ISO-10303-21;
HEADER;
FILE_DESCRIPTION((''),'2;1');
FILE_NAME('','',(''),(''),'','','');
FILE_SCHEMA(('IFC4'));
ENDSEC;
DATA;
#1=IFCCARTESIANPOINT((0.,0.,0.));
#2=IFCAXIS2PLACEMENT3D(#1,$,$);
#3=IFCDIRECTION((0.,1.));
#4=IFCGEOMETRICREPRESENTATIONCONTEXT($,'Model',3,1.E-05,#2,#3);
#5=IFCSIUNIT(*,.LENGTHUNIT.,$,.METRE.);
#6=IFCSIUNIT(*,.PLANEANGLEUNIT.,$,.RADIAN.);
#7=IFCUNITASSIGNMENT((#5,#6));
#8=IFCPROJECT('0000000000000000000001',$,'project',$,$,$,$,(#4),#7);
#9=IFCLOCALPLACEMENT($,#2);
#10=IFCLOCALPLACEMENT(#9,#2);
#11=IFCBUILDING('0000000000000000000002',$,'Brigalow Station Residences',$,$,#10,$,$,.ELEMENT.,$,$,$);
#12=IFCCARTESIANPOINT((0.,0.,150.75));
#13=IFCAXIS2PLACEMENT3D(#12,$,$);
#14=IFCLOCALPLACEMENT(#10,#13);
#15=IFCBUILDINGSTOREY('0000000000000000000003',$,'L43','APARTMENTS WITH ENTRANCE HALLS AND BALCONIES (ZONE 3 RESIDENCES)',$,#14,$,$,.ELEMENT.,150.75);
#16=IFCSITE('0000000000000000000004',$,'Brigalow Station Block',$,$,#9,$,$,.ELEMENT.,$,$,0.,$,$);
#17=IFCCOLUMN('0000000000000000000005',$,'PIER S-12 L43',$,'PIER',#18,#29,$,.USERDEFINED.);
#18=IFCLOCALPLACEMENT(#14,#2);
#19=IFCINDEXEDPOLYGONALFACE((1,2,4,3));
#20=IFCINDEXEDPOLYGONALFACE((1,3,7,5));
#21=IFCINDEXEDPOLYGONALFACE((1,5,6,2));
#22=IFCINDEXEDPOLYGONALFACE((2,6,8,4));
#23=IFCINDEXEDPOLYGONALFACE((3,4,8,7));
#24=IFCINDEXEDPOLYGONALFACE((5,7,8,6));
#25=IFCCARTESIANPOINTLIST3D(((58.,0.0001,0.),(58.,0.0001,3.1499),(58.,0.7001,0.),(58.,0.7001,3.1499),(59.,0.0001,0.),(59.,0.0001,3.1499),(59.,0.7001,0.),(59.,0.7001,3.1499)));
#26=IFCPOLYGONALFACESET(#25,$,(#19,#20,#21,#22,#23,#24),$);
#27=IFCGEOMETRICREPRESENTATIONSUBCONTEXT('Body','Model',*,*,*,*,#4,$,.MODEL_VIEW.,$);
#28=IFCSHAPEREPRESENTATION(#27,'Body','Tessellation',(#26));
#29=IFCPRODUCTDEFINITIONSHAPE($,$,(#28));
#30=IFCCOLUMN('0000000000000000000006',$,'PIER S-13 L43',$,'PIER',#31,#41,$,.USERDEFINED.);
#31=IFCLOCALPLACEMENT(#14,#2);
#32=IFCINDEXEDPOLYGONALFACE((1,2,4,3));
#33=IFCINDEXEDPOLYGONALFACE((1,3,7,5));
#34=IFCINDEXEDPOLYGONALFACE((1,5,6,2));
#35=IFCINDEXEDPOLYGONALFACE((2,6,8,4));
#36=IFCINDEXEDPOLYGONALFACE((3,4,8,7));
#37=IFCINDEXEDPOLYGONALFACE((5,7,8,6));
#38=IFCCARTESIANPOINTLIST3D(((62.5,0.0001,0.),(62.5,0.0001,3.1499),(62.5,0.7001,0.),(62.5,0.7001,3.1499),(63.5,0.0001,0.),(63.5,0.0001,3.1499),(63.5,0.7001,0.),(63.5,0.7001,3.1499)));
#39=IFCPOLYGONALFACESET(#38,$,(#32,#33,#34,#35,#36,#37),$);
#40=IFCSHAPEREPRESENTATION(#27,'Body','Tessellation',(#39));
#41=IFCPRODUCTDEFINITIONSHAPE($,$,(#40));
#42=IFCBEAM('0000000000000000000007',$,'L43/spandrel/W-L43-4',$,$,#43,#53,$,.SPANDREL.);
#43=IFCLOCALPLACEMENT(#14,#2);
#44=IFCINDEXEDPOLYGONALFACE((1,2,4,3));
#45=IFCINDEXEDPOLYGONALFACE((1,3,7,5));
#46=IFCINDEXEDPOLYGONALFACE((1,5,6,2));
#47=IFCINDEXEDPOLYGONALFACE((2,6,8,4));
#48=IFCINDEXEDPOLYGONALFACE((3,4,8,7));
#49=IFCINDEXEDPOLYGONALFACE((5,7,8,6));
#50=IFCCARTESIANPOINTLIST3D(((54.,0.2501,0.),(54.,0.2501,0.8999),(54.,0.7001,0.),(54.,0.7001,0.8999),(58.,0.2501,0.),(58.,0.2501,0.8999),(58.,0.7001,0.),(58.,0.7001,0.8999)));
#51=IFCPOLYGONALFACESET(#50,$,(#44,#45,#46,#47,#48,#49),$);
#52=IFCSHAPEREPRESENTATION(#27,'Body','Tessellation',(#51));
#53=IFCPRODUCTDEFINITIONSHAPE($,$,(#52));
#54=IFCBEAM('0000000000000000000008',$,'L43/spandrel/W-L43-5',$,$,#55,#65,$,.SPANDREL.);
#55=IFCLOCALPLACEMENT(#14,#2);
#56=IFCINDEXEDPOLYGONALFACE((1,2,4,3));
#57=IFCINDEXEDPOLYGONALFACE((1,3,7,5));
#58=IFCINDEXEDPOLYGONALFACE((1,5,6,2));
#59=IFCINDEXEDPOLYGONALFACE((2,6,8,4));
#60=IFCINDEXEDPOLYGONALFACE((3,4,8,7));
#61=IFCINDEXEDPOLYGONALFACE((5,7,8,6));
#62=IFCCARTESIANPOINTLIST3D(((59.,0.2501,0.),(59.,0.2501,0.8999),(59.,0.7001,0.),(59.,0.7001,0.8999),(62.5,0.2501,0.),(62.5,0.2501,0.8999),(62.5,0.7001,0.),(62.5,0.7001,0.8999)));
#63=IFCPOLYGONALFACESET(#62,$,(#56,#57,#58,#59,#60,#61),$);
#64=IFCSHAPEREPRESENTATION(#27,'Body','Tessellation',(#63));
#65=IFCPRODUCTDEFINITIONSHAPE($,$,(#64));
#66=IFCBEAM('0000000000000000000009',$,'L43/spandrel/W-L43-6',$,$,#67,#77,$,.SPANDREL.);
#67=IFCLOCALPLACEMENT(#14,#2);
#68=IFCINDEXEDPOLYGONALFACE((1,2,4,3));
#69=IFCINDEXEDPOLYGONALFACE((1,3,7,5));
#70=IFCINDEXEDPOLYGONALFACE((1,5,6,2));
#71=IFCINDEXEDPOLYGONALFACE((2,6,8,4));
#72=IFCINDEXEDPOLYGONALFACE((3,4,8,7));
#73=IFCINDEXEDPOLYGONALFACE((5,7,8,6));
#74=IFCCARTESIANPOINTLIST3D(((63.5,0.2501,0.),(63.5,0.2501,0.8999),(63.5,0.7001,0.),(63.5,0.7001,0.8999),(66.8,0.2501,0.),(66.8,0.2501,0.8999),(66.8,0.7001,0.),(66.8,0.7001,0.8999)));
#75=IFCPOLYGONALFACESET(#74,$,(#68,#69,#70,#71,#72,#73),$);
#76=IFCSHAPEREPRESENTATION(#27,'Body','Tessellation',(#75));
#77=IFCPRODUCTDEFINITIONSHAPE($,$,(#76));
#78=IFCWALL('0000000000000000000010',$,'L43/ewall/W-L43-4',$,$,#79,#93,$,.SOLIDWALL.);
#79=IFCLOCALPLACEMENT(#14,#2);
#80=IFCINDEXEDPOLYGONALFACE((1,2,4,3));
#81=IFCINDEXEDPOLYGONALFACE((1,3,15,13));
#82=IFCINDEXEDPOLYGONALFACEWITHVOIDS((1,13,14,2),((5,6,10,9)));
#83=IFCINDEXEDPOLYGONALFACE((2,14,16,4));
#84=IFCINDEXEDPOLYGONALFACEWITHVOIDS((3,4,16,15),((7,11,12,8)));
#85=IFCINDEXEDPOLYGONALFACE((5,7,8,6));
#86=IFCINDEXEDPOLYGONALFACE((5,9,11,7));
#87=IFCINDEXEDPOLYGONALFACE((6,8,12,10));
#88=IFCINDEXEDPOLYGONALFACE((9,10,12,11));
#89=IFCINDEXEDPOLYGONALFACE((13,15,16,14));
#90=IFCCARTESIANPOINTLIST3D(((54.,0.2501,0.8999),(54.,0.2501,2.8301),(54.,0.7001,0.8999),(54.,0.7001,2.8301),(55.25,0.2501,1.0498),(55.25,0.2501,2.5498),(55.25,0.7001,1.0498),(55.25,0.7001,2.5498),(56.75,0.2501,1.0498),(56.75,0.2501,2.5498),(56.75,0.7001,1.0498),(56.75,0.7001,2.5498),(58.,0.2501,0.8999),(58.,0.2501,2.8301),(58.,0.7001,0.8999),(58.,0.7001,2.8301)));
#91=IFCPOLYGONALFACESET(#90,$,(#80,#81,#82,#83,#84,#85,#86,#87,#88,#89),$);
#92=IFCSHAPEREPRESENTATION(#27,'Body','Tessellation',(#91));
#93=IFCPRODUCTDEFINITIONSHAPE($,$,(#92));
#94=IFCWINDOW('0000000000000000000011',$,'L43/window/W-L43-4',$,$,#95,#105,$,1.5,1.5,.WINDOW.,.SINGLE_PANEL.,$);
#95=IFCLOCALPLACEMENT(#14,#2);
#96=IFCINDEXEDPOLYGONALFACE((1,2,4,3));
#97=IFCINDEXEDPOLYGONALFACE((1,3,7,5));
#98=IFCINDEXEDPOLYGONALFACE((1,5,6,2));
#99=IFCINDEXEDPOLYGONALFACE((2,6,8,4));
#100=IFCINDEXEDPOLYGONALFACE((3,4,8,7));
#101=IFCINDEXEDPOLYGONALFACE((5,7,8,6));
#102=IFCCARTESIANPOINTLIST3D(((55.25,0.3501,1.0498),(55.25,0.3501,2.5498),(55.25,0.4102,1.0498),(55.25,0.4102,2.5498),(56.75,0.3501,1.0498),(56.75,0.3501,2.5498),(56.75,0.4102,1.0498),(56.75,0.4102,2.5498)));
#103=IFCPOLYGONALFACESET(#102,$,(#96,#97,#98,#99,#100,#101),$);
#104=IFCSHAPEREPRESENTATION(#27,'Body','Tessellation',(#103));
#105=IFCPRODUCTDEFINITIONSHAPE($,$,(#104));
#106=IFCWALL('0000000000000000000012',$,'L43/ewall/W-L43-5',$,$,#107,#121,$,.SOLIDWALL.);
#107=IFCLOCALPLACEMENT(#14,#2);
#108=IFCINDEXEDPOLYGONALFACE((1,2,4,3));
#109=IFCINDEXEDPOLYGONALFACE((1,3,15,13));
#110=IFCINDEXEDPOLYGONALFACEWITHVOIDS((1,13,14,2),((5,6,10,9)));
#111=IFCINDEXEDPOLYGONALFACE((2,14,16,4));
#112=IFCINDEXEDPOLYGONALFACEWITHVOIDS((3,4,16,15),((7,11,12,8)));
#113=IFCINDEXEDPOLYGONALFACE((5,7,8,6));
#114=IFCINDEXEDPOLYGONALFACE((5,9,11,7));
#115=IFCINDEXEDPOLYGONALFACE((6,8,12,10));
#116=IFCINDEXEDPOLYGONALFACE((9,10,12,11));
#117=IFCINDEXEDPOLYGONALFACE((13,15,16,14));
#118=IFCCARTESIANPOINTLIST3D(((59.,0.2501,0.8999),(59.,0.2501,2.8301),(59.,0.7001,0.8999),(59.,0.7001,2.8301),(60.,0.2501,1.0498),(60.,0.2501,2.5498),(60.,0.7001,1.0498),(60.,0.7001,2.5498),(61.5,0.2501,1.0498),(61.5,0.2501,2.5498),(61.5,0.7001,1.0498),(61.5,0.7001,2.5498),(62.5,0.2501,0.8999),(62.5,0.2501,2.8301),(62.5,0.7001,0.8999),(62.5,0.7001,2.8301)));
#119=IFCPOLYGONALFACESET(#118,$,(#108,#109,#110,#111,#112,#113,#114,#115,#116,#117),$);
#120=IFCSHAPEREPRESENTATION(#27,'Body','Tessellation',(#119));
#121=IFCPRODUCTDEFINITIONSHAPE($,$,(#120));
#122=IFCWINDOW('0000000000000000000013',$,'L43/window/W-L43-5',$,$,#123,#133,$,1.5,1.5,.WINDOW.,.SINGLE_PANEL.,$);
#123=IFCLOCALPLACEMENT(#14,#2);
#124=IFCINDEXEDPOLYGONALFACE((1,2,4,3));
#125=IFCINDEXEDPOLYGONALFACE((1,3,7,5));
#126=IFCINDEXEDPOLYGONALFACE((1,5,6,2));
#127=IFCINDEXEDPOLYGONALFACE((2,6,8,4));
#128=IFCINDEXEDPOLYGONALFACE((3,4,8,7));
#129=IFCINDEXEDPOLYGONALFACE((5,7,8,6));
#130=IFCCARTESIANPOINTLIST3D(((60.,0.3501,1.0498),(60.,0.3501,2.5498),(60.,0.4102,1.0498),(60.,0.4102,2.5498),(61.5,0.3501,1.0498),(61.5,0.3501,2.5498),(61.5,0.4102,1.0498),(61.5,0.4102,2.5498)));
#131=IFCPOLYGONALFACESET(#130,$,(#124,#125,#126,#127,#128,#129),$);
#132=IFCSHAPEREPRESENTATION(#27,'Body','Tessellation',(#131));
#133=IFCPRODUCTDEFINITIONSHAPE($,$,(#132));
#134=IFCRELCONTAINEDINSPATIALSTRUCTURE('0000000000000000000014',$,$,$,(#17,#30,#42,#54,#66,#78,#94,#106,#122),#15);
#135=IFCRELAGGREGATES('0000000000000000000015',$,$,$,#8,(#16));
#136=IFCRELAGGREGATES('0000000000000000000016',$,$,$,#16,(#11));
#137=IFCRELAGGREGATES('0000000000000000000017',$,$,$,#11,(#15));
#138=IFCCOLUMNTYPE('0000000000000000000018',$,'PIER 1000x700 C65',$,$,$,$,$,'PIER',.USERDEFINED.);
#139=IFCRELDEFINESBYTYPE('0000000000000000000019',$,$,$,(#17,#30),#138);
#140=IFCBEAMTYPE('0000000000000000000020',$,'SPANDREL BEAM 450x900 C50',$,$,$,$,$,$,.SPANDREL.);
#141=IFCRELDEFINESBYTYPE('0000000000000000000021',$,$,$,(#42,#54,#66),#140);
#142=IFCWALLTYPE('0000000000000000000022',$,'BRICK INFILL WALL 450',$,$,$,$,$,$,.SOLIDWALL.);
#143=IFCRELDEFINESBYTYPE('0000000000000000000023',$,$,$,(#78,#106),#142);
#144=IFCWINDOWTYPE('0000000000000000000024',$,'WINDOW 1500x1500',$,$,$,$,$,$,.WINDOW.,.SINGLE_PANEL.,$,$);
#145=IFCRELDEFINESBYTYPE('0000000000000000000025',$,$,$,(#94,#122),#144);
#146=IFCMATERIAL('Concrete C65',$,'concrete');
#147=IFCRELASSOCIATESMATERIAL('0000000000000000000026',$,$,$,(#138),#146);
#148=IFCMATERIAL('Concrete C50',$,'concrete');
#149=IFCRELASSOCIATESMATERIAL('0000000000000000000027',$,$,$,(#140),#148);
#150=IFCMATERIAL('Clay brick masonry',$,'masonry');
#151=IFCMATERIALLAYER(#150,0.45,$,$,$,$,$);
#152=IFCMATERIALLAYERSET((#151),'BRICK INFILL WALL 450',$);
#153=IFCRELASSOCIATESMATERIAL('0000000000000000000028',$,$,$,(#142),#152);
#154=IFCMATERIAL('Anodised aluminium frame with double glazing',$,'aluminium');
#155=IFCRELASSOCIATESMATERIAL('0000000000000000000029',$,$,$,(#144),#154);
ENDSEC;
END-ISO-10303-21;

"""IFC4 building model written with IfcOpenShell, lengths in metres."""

from ifc_helpers import new_model, si_unit, direction, frame, frame_2d, origin, origin_2d, place, context, subcontext, project, spatial, rectangle, extrude, material, layer, layer_set, material_profile, profile_set, type_object, element, fill, save


model = new_model("IFC4")

# Units and contexts
model_context = context("Model", 3, precision=1e-05, world=origin(), true_north=direction((0.0, 1.0)))
body_context = subcontext(model_context, "Body", "Model", "MODEL_VIEW")
ifc_project = project(units=[si_unit("LENGTHUNIT", "METRE"), si_unit("PLANEANGLEUNIT", "RADIAN")], contexts=[model_context])

# Site, building, storey
site_placement = place(None, origin())
site = spatial("IfcSite", under=ifc_project, at=site_placement, Name="Brigalow Station Block", CompositionType="ELEMENT", RefElevation=0.0)
building_placement = place(site_placement, origin())
building = spatial("IfcBuilding", under=site, at=building_placement, Name="Brigalow Station Residences", CompositionType="ELEMENT")
storey_placement = place(building_placement, frame((0.0, 0.0, 150.75)))
storey = spatial("IfcBuildingStorey", under=building, at=storey_placement, Name="L43", Description="APARTMENTS WITH ENTRANCE HALLS AND BALCONIES (ZONE 3 RESIDENCES)", CompositionType="ELEMENT", Elevation=150.75)

# Columns
ifc_material_1 = material(Name="Concrete C65", Category="concrete")
ifc_material_profile_1 = material_profile(ifc_material_1, rectangle(XDim=1.0, YDim=0.7, at=origin_2d()), Name="RC1000x700")
ifc_profile_set_1 = profile_set([ifc_material_profile_1], Name="Concrete C65")
column_type = type_object("IfcColumnType", Name="PIER 1000x700 C65", ElementType="PIER", PredefinedType="USERDEFINED", material=ifc_profile_set_1)
for number, where, z_axis, x_axis, name in (
    (1, (58.5, 0.3501, 0.0), (0.0, 0.0, 1.0), (1.0, 0.0, 0.0), "PIER S-12 L43"),
    (2, (63.0, 0.3501, 0.0), (0.0, 0.0, 1.0), (1.0, 0.0, 0.0), "PIER S-13 L43"),
):
    element("IfcColumn", number, at=place(storey_placement, frame(where, z_axis=z_axis, x_axis=x_axis)), inside=storey, type_object=column_type, Name=name, ObjectType="PIER", PredefinedType="USERDEFINED", context=body_context, shape_type="SweptSolid", body=[
        extrude(rectangle(XDim=1.0, YDim=0.7, at=origin_2d()), origin(), (0.0, 0.0, 1.0), 3.1499),
    ])

# Beams
ifc_material_2 = material(Name="Concrete C50", Category="concrete")
ifc_material_profile_2 = material_profile(ifc_material_2, rectangle(XDim=0.45, YDim=0.8999, at=origin_2d()), Name="RC450x900")
ifc_profile_set_2 = profile_set([ifc_material_profile_2], Name="Concrete C50")
beam_type = type_object("IfcBeamType", Name="SPANDREL BEAM 450x900 C50", PredefinedType="SPANDREL", material=ifc_profile_set_2)
beam_1_placement = place(storey_placement, frame((54.0, 0.4751, 0.45), z_axis=(1.0, 0.0, 0.0), x_axis=(0.0, 1.0, 0.0)))
element("IfcBeam", 3, at=beam_1_placement, inside=storey, type_object=beam_type, Name="L43/spandrel/W-L43-4", PredefinedType="SPANDREL", context=body_context, shape_type="SweptSolid", body=[
    extrude(rectangle(XDim=0.45, YDim=0.8999, at=origin_2d()), origin(), (0.0, 0.0, 1.0), 4.0),
])
beam_2_placement = place(storey_placement, frame((59.0, 0.4751, 0.45), z_axis=(1.0, 0.0, 0.0), x_axis=(0.0, 1.0, 0.0)))
element("IfcBeam", 4, at=beam_2_placement, inside=storey, type_object=beam_type, Name="L43/spandrel/W-L43-5", PredefinedType="SPANDREL", context=body_context, shape_type="SweptSolid", body=[
    extrude(rectangle(XDim=0.45, YDim=0.8999, at=origin_2d()), origin(), (0.0, 0.0, 1.0), 3.5),
])
beam_3_placement = place(storey_placement, frame((63.5, 0.4751, 0.45), z_axis=(1.0, 0.0, 0.0), x_axis=(0.0, 1.0, 0.0)))
element("IfcBeam", 5, at=beam_3_placement, inside=storey, type_object=beam_type, Name="L43/spandrel/W-L43-6", PredefinedType="SPANDREL", context=body_context, shape_type="SweptSolid", body=[
    extrude(rectangle(XDim=0.45, YDim=0.8999, at=origin_2d()), origin(), (0.0, 0.0, 1.0), 3.3),
])

# Walls, openings, windows
ifc_material_3 = material(Name="Clay brick masonry", Category="masonry")
ifc_layer_1 = layer(ifc_material_3, 0.45)
ifc_layer_set_1 = layer_set([ifc_layer_1], Name="BRICK INFILL WALL 450")
wall_type_1 = type_object("IfcWallType", Name="BRICK INFILL WALL 450", PredefinedType="SOLIDWALL", material=ifc_layer_set_1)
wall_1_placement = place(storey_placement, frame((54.0, 0.4751, 0.8999), z_axis=(0.0, 0.0, 1.0), x_axis=(1.0, 0.0, 0.0)))
wall_1 = element("IfcWall", 6, at=wall_1_placement, inside=storey, type_object=wall_type_1, Name="L43/ewall/W-L43-4", PredefinedType="SOLIDWALL", context=body_context, shape_type="SweptSolid", body=[
    extrude(rectangle(XDim=4.0, YDim=0.45, at=frame_2d((2.0, 0.0))), origin(), (0.0, 0.0, 1.0), 1.9302),
])
opening_1_placement = place(wall_1_placement, frame((1.25, 0.0, 0.1499)))
opening_1 = element("IfcOpeningElement", 7, at=opening_1_placement, cuts=wall_1, PredefinedType="OPENING", context=body_context, shape_type="SweptSolid", body=[
    extrude(rectangle(XDim=1.5, YDim=1.5, at=frame_2d((0.75, 0.75))), frame((0.0, 0.2349, 0.0), z_axis=(0.0, -1.0, 0.0), x_axis=(1.0, 0.0, 0.0)), (0.0, 0.0, 1.0), 0.47),
])
ifc_material_4 = material(Name="Anodised aluminium frame with double glazing", Category="aluminium")
window_type = type_object("IfcWindowType", Name="WINDOW 1500x1500", PartitioningType="SINGLE_PANEL", PredefinedType="WINDOW", material=ifc_material_4)
window_1_placement = place(opening_1_placement, origin())
window_1 = element("IfcWindow", 8, at=window_1_placement, inside=storey, type_object=window_type, Name="L43/window/W-L43-4", OverallHeight=1.5, OverallWidth=1.5, PartitioningType="SINGLE_PANEL", PredefinedType="WINDOW", context=body_context, shape_type="SweptSolid", body=[
    extrude(rectangle(XDim=1.5, YDim=1.5, at=frame_2d((0.75, 0.75))), frame((0.0, -0.0649, 0.0), z_axis=(0.0, -1.0, 0.0), x_axis=(1.0, 0.0, 0.0)), (0.0, 0.0, 1.0), 0.0601),
])
fill(opening_1, window_1)
wall_2_placement = place(storey_placement, frame((59.0, 0.4751, 0.8999), z_axis=(0.0, 0.0, 1.0), x_axis=(1.0, 0.0, 0.0)))
wall_2 = element("IfcWall", 9, at=wall_2_placement, inside=storey, type_object=wall_type_1, Name="L43/ewall/W-L43-5", PredefinedType="SOLIDWALL", context=body_context, shape_type="SweptSolid", body=[
    extrude(rectangle(XDim=3.5, YDim=0.45, at=frame_2d((1.75, 0.0))), origin(), (0.0, 0.0, 1.0), 1.9302),
])
opening_2_placement = place(wall_2_placement, frame((1.0, 0.0, 0.1499)))
opening_2 = element("IfcOpeningElement", 10, at=opening_2_placement, cuts=wall_2, PredefinedType="OPENING", context=body_context, shape_type="SweptSolid", body=[
    extrude(rectangle(XDim=1.5, YDim=1.5, at=frame_2d((0.75, 0.75))), frame((0.0, 0.2349, 0.0), z_axis=(0.0, -1.0, 0.0), x_axis=(1.0, 0.0, 0.0)), (0.0, 0.0, 1.0), 0.47),
])
window_2_placement = place(opening_2_placement, origin())
window_2 = element("IfcWindow", 11, at=window_2_placement, inside=storey, type_object=window_type, Name="L43/window/W-L43-5", OverallHeight=1.5, OverallWidth=1.5, PartitioningType="SINGLE_PANEL", PredefinedType="WINDOW", context=body_context, shape_type="SweptSolid", body=[
    extrude(rectangle(XDim=1.5, YDim=1.5, at=frame_2d((0.75, 0.75))), frame((0.0, -0.0649, 0.0), z_axis=(0.0, -1.0, 0.0), x_axis=(1.0, 0.0, 0.0)), (0.0, 0.0, 1.0), 0.0601),
])
fill(opening_2, window_2)

save(model, "model.ifc")
